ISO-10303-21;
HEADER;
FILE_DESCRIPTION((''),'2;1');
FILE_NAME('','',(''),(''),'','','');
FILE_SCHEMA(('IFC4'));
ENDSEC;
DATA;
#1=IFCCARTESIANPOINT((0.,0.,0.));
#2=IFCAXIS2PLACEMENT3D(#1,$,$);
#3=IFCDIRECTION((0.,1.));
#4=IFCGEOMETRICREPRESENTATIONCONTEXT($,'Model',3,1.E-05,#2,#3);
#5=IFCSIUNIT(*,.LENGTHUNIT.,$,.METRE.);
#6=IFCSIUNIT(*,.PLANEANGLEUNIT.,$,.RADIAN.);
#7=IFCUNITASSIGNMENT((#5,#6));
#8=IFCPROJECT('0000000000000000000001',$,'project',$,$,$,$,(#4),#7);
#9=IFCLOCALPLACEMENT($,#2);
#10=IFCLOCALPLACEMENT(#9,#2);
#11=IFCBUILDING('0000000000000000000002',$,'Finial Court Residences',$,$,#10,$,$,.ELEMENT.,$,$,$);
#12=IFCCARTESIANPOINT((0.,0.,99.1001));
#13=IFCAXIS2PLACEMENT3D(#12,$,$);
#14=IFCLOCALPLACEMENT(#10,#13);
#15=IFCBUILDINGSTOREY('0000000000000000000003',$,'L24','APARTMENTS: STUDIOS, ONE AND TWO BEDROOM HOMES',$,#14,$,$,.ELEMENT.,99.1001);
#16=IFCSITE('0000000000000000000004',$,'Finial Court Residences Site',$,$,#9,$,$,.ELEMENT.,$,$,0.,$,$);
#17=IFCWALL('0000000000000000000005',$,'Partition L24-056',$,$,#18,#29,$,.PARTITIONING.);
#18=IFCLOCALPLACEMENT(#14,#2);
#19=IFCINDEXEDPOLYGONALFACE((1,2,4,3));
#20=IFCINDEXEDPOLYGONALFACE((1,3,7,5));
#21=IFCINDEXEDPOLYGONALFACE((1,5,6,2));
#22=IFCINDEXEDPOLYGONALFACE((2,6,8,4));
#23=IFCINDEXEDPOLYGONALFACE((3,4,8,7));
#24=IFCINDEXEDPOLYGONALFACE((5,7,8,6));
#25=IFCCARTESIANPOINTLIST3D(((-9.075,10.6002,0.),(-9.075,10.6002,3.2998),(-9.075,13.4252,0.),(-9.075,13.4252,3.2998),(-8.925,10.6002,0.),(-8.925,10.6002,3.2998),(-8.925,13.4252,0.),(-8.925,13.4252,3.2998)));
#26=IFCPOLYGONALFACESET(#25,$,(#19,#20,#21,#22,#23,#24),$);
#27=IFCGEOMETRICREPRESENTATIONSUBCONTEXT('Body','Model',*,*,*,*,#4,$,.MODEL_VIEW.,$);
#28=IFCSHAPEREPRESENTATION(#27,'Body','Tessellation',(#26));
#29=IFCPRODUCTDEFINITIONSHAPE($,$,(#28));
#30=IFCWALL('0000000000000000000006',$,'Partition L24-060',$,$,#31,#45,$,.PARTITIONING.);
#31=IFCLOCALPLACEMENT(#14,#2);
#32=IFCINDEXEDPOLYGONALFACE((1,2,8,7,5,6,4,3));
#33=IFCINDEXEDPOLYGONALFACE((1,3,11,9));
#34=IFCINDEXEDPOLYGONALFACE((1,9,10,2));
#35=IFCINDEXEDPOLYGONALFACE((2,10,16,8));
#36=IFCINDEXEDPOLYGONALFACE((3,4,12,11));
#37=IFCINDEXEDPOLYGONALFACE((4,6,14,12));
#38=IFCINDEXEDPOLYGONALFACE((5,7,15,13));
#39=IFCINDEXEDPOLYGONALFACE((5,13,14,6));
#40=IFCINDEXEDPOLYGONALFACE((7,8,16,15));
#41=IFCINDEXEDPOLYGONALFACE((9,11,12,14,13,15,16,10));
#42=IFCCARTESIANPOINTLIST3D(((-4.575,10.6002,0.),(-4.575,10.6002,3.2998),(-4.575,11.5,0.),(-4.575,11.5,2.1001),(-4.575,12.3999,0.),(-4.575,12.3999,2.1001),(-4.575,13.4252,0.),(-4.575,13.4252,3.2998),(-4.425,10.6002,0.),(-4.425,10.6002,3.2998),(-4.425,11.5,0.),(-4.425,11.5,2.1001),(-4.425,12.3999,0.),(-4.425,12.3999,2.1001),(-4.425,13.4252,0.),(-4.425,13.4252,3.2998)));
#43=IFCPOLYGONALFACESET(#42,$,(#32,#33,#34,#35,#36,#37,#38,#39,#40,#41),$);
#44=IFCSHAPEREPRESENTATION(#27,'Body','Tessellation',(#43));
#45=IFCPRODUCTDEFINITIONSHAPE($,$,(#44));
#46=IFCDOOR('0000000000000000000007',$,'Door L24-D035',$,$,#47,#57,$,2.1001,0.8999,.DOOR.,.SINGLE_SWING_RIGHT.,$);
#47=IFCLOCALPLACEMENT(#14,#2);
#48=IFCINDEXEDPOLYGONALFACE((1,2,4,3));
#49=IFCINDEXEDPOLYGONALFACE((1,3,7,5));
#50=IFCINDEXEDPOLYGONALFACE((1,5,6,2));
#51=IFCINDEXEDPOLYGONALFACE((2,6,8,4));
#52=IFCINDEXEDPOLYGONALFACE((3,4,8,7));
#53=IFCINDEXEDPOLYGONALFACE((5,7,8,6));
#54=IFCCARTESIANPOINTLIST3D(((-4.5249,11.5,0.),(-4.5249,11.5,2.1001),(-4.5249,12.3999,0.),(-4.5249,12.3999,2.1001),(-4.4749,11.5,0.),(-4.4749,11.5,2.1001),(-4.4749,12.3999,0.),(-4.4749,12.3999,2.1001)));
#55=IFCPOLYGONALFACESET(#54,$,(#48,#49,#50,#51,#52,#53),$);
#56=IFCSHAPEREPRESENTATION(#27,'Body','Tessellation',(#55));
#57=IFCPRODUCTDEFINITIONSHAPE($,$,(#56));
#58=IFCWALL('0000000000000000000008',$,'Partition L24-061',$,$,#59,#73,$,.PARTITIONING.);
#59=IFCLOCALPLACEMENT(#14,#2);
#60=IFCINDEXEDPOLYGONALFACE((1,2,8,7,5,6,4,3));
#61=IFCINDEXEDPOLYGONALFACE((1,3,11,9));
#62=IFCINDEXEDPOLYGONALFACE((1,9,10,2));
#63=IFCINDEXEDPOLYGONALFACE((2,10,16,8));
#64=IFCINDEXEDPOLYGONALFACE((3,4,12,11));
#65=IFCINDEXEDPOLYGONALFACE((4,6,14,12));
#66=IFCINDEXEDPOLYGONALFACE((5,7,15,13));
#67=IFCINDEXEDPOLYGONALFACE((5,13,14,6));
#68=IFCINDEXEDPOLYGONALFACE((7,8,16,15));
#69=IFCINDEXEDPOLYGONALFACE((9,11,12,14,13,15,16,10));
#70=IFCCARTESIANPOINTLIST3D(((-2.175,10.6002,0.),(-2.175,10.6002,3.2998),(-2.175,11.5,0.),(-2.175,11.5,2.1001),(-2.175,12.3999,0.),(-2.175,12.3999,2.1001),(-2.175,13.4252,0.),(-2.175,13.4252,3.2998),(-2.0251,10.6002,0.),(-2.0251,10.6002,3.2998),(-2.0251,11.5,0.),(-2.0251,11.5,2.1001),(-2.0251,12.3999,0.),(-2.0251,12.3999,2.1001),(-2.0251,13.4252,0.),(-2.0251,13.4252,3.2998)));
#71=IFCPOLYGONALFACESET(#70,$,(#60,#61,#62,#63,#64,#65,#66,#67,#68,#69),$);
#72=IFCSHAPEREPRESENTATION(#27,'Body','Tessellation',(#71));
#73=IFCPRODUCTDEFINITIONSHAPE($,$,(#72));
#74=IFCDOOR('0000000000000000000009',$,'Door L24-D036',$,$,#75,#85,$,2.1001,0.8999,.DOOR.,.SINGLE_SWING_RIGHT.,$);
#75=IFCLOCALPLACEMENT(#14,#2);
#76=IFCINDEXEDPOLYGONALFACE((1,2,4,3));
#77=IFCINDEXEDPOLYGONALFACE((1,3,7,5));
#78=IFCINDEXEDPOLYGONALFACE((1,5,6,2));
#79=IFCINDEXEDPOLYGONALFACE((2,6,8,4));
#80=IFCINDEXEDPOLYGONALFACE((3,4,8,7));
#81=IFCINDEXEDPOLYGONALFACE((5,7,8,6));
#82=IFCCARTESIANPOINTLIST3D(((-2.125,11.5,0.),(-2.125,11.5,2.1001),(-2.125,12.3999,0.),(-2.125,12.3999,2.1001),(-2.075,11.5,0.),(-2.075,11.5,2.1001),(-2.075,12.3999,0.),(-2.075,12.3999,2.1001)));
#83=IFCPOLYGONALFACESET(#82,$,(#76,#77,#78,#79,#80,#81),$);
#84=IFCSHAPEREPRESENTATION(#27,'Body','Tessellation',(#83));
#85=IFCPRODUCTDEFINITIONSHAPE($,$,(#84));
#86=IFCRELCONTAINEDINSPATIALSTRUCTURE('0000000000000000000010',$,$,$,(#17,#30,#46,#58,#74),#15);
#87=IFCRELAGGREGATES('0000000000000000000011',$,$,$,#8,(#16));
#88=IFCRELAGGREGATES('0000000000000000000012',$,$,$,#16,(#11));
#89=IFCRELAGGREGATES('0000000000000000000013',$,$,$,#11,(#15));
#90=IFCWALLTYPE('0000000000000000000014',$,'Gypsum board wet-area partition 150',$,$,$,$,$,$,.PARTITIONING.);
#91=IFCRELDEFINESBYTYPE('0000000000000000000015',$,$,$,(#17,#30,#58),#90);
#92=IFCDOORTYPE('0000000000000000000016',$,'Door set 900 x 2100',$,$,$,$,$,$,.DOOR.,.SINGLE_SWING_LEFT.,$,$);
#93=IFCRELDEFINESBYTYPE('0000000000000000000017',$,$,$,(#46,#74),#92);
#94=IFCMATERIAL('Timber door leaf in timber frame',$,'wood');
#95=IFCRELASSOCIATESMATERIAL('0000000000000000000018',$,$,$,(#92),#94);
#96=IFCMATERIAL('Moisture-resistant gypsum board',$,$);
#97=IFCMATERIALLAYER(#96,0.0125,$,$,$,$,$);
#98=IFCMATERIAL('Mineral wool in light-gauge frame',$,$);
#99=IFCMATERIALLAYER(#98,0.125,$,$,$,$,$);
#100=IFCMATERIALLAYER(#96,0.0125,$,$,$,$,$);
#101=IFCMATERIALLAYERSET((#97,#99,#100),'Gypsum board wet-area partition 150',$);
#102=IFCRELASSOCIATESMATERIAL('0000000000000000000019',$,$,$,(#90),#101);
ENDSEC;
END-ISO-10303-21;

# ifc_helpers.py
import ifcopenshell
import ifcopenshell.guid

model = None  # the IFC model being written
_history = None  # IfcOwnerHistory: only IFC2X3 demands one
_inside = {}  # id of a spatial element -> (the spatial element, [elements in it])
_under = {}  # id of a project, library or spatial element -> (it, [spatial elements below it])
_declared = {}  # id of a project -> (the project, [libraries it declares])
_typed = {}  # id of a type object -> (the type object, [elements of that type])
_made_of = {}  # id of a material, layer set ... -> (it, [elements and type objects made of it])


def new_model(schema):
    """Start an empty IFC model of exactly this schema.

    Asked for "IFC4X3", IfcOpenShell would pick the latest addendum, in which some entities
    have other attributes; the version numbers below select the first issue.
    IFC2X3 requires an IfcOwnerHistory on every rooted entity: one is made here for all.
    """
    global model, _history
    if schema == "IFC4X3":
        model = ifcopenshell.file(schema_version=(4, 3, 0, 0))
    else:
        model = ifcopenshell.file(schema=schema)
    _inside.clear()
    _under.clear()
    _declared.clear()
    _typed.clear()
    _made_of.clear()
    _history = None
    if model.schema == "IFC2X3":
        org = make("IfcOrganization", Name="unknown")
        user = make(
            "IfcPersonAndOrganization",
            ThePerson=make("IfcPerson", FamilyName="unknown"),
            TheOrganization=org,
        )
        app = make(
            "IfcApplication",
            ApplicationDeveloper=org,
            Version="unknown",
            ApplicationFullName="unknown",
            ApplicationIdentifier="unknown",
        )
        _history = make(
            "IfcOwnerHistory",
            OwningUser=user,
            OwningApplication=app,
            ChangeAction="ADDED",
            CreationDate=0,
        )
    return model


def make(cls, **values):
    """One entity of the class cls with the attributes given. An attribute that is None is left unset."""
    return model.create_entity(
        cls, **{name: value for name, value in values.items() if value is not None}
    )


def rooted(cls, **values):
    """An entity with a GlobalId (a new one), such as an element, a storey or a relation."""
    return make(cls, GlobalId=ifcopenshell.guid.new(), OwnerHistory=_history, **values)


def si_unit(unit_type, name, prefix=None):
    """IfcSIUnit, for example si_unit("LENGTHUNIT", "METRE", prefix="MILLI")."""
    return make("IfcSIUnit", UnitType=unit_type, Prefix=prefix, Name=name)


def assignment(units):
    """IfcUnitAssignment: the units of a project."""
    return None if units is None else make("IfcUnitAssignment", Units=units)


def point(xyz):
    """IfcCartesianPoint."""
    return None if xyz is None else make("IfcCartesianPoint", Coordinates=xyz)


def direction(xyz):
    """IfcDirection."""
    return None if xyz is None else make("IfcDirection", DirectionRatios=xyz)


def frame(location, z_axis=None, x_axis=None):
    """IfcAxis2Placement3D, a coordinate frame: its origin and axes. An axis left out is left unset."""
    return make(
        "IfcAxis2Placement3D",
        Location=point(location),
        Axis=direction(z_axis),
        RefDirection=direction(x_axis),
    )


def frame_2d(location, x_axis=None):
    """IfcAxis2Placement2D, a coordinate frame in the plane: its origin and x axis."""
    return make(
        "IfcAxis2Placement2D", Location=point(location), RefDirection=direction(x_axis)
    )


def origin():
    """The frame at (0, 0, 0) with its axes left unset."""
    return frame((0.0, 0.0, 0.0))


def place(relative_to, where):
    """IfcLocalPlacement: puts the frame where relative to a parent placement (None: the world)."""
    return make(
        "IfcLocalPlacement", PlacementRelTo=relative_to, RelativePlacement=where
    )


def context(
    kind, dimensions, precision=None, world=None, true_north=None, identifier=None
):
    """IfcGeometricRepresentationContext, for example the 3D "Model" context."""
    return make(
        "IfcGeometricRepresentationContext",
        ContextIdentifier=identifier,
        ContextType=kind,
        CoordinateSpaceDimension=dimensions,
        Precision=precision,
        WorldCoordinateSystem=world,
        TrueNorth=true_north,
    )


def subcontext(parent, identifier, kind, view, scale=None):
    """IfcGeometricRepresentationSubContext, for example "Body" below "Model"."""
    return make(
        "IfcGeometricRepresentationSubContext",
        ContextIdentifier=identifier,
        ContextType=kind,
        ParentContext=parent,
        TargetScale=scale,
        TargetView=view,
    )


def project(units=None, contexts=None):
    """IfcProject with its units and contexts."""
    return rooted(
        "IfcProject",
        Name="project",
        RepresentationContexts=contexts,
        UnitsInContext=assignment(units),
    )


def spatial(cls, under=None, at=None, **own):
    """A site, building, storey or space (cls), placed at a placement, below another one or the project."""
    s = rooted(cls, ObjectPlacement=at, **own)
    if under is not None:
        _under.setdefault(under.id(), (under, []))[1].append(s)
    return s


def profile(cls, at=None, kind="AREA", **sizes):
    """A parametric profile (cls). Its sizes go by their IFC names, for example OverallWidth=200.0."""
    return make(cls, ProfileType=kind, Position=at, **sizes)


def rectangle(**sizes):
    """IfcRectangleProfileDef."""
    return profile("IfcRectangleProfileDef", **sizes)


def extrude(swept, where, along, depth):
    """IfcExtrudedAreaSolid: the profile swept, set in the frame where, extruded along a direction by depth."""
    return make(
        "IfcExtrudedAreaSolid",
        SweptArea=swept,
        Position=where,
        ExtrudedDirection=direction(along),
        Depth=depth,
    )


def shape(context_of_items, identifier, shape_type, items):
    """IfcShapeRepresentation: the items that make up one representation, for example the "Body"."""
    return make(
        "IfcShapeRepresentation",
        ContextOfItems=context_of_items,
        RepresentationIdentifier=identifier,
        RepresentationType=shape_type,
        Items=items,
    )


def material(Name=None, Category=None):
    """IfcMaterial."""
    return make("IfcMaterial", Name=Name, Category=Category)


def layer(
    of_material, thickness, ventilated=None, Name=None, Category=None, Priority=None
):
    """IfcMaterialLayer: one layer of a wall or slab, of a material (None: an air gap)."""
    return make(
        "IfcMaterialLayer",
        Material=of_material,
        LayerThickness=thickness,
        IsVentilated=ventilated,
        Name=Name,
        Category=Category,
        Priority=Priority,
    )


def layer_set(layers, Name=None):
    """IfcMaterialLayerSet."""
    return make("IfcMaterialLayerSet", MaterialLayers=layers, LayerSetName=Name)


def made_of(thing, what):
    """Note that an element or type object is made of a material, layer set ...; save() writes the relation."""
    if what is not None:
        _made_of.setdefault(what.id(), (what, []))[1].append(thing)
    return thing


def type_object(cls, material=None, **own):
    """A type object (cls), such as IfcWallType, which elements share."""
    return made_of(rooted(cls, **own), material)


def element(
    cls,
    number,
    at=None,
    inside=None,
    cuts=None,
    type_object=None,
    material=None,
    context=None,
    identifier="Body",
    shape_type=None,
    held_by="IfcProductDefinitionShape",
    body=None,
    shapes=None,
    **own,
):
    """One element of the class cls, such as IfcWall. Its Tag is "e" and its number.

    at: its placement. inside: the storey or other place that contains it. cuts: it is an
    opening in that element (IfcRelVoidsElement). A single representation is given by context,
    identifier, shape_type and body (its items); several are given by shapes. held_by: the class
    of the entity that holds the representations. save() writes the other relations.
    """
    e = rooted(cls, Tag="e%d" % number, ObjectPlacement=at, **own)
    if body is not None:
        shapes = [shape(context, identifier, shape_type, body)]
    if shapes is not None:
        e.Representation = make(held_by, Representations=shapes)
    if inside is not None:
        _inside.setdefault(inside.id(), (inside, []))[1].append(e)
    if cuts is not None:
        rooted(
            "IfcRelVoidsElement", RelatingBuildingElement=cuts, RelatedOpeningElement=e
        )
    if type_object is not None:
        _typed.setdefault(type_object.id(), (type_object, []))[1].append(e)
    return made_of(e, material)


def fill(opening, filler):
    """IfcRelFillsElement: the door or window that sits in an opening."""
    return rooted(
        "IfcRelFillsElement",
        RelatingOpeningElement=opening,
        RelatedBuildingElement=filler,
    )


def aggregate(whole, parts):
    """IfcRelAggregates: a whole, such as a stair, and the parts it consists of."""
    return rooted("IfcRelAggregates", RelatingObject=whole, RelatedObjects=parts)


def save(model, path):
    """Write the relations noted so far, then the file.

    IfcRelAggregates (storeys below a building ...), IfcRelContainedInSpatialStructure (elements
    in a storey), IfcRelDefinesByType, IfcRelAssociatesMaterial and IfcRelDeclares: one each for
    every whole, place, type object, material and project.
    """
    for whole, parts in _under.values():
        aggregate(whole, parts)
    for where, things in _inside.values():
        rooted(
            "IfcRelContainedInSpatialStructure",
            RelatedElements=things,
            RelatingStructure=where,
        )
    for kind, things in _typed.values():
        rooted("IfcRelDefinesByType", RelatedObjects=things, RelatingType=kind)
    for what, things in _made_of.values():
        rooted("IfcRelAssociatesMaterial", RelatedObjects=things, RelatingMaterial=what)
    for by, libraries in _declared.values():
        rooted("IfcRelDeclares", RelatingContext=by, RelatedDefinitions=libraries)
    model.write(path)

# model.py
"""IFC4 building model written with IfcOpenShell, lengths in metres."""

from ifc_helpers import new_model, si_unit, direction, frame, frame_2d, origin, place, context, subcontext, project, spatial, rectangle, extrude, material, layer, layer_set, type_object, element, fill, save


model = new_model("IFC4")

# Units and contexts
model_context = context("Model", 3, precision=1e-05, world=origin(), true_north=direction((0.0, 1.0)))
body_context = subcontext(model_context, "Body", "Model", "MODEL_VIEW")
ifc_project = project(units=[si_unit("LENGTHUNIT", "METRE"), si_unit("PLANEANGLEUNIT", "RADIAN")], contexts=[model_context])

# Site, building, storey
site_placement = place(None, origin())
site = spatial("IfcSite", under=ifc_project, at=site_placement, Name="Finial Court Residences Site", CompositionType="ELEMENT", RefElevation=0.0)
building_placement = place(site_placement, origin())
building = spatial("IfcBuilding", under=site, at=building_placement, Name="Finial Court Residences", CompositionType="ELEMENT")
storey_placement = place(building_placement, frame((0.0, 0.0, 99.1001)))
storey = spatial("IfcBuildingStorey", under=building, at=storey_placement, Name="L24", Description="APARTMENTS: STUDIOS, ONE AND TWO BEDROOM HOMES", CompositionType="ELEMENT", Elevation=99.1001)

# Shared definitions
ifc_material_1 = material(Name="Mineral wool in light-gauge frame")

# Shared definitions
ifc_material_2 = material(Name="Timber door leaf in timber frame", Category="wood")
door_type = type_object("IfcDoorType", Name="Door set 900 x 2100", OperationType="SINGLE_SWING_LEFT", PredefinedType="DOOR", material=ifc_material_2)

# Shared definitions
ifc_material_3 = material(Name="Moisture-resistant gypsum board")
ifc_layer_1 = layer(ifc_material_3, 0.0125)
ifc_layer_2 = layer(ifc_material_1, 0.125)
ifc_layer_3 = layer(ifc_material_3, 0.0125)
ifc_layer_set_1 = layer_set([ifc_layer_1, ifc_layer_2, ifc_layer_3], Name="Gypsum board wet-area partition 150")
wall_type_1 = type_object("IfcWallType", Name="Gypsum board wet-area partition 150", PredefinedType="PARTITIONING", material=ifc_layer_set_1)

# Wall
for number, where, z_axis, x_axis, name in (
    (1, (-9.0, 10.6001, 0.0), (0.0, 0.0, 1.0), (0.0, 1.0, 0.0), "Partition L24-056"),
):
    element("IfcWall", number, at=place(storey_placement, frame(where, z_axis=z_axis, x_axis=x_axis)), inside=storey, type_object=wall_type_1, Name=name, PredefinedType="PARTITIONING", context=body_context, shape_type="SweptSolid", body=[
        extrude(rectangle(XDim=2.825, YDim=0.1499, at=frame_2d((1.4126, 0.0))), origin(), (0.0, 0.0, 1.0), 3.2998),
    ])

# Walls, openings, doors
wall_1_placement = place(storey_placement, frame((-4.5, 10.6001, 0.0), z_axis=(0.0, 0.0, 1.0), x_axis=(0.0, 1.0, 0.0)))
wall_1 = element("IfcWall", 2, at=wall_1_placement, inside=storey, type_object=wall_type_1, Name="Partition L24-060", PredefinedType="PARTITIONING", context=body_context, shape_type="SweptSolid", body=[
    extrude(rectangle(XDim=2.825, YDim=0.1499, at=frame_2d((1.4126, 0.0))), origin(), (0.0, 0.0, 1.0), 3.2998),
])
opening_1_placement = place(wall_1_placement, frame((0.8999, 0.0, 0.0)))
opening_1 = element("IfcOpeningElement", 3, at=opening_1_placement, cuts=wall_1, PredefinedType="OPENING", context=body_context, shape_type="SweptSolid", body=[
    extrude(rectangle(XDim=0.8999, YDim=2.1001, at=frame_2d((0.45, 1.05))), frame((0.0, 0.085, 0.0), z_axis=(0.0, -1.0, 0.0), x_axis=(1.0, 0.0, 0.0)), (0.0, 0.0, 1.0), 0.1699),
])
door_1_placement = place(opening_1_placement, origin())
door_1 = element("IfcDoor", 4, at=door_1_placement, inside=storey, type_object=door_type, Name="Door L24-D035", OperationType="SINGLE_SWING_RIGHT", OverallHeight=2.1001, OverallWidth=0.8999, PredefinedType="DOOR", context=body_context, shape_type="SweptSolid", body=[
    extrude(rectangle(XDim=0.8999, YDim=2.1001, at=frame_2d((0.45, 1.05))), frame((0.0, 0.0249, 0.0), z_axis=(0.0, -1.0, 0.0), x_axis=(1.0, 0.0, 0.0)), (0.0, 0.0, 1.0), 0.05),
])
fill(opening_1, door_1)
wall_2_placement = place(storey_placement, frame((-2.1001, 10.6001, 0.0), z_axis=(0.0, 0.0, 1.0), x_axis=(0.0, 1.0, 0.0)))
wall_2 = element("IfcWall", 5, at=wall_2_placement, inside=storey, type_object=wall_type_1, Name="Partition L24-061", PredefinedType="PARTITIONING", context=body_context, shape_type="SweptSolid", body=[
    extrude(rectangle(XDim=2.825, YDim=0.1499, at=frame_2d((1.4126, 0.0))), origin(), (0.0, 0.0, 1.0), 3.2998),
])
opening_2_placement = place(wall_2_placement, frame((0.8999, 0.0, 0.0)))
opening_2 = element("IfcOpeningElement", 6, at=opening_2_placement, cuts=wall_2, PredefinedType="OPENING", context=body_context, shape_type="SweptSolid", body=[
    extrude(rectangle(XDim=0.8999, YDim=2.1001, at=frame_2d((0.45, 1.05))), frame((0.0, 0.085, 0.0), z_axis=(0.0, -1.0, 0.0), x_axis=(1.0, 0.0, 0.0)), (0.0, 0.0, 1.0), 0.1699),
])
door_2_placement = place(opening_2_placement, origin())
door_2 = element("IfcDoor", 7, at=door_2_placement, inside=storey, type_object=door_type, Name="Door L24-D036", OperationType="SINGLE_SWING_RIGHT", OverallHeight=2.1001, OverallWidth=0.8999, PredefinedType="DOOR", context=body_context, shape_type="SweptSolid", body=[
    extrude(rectangle(XDim=0.8999, YDim=2.1001, at=frame_2d((0.45, 1.05))), frame((0.0, 0.0249, 0.0), z_axis=(0.0, -1.0, 0.0), x_axis=(1.0, 0.0, 0.0)), (0.0, 0.0, 1.0), 0.05),
])
fill(opening_2, door_2)

save(model, "model.ifc")
